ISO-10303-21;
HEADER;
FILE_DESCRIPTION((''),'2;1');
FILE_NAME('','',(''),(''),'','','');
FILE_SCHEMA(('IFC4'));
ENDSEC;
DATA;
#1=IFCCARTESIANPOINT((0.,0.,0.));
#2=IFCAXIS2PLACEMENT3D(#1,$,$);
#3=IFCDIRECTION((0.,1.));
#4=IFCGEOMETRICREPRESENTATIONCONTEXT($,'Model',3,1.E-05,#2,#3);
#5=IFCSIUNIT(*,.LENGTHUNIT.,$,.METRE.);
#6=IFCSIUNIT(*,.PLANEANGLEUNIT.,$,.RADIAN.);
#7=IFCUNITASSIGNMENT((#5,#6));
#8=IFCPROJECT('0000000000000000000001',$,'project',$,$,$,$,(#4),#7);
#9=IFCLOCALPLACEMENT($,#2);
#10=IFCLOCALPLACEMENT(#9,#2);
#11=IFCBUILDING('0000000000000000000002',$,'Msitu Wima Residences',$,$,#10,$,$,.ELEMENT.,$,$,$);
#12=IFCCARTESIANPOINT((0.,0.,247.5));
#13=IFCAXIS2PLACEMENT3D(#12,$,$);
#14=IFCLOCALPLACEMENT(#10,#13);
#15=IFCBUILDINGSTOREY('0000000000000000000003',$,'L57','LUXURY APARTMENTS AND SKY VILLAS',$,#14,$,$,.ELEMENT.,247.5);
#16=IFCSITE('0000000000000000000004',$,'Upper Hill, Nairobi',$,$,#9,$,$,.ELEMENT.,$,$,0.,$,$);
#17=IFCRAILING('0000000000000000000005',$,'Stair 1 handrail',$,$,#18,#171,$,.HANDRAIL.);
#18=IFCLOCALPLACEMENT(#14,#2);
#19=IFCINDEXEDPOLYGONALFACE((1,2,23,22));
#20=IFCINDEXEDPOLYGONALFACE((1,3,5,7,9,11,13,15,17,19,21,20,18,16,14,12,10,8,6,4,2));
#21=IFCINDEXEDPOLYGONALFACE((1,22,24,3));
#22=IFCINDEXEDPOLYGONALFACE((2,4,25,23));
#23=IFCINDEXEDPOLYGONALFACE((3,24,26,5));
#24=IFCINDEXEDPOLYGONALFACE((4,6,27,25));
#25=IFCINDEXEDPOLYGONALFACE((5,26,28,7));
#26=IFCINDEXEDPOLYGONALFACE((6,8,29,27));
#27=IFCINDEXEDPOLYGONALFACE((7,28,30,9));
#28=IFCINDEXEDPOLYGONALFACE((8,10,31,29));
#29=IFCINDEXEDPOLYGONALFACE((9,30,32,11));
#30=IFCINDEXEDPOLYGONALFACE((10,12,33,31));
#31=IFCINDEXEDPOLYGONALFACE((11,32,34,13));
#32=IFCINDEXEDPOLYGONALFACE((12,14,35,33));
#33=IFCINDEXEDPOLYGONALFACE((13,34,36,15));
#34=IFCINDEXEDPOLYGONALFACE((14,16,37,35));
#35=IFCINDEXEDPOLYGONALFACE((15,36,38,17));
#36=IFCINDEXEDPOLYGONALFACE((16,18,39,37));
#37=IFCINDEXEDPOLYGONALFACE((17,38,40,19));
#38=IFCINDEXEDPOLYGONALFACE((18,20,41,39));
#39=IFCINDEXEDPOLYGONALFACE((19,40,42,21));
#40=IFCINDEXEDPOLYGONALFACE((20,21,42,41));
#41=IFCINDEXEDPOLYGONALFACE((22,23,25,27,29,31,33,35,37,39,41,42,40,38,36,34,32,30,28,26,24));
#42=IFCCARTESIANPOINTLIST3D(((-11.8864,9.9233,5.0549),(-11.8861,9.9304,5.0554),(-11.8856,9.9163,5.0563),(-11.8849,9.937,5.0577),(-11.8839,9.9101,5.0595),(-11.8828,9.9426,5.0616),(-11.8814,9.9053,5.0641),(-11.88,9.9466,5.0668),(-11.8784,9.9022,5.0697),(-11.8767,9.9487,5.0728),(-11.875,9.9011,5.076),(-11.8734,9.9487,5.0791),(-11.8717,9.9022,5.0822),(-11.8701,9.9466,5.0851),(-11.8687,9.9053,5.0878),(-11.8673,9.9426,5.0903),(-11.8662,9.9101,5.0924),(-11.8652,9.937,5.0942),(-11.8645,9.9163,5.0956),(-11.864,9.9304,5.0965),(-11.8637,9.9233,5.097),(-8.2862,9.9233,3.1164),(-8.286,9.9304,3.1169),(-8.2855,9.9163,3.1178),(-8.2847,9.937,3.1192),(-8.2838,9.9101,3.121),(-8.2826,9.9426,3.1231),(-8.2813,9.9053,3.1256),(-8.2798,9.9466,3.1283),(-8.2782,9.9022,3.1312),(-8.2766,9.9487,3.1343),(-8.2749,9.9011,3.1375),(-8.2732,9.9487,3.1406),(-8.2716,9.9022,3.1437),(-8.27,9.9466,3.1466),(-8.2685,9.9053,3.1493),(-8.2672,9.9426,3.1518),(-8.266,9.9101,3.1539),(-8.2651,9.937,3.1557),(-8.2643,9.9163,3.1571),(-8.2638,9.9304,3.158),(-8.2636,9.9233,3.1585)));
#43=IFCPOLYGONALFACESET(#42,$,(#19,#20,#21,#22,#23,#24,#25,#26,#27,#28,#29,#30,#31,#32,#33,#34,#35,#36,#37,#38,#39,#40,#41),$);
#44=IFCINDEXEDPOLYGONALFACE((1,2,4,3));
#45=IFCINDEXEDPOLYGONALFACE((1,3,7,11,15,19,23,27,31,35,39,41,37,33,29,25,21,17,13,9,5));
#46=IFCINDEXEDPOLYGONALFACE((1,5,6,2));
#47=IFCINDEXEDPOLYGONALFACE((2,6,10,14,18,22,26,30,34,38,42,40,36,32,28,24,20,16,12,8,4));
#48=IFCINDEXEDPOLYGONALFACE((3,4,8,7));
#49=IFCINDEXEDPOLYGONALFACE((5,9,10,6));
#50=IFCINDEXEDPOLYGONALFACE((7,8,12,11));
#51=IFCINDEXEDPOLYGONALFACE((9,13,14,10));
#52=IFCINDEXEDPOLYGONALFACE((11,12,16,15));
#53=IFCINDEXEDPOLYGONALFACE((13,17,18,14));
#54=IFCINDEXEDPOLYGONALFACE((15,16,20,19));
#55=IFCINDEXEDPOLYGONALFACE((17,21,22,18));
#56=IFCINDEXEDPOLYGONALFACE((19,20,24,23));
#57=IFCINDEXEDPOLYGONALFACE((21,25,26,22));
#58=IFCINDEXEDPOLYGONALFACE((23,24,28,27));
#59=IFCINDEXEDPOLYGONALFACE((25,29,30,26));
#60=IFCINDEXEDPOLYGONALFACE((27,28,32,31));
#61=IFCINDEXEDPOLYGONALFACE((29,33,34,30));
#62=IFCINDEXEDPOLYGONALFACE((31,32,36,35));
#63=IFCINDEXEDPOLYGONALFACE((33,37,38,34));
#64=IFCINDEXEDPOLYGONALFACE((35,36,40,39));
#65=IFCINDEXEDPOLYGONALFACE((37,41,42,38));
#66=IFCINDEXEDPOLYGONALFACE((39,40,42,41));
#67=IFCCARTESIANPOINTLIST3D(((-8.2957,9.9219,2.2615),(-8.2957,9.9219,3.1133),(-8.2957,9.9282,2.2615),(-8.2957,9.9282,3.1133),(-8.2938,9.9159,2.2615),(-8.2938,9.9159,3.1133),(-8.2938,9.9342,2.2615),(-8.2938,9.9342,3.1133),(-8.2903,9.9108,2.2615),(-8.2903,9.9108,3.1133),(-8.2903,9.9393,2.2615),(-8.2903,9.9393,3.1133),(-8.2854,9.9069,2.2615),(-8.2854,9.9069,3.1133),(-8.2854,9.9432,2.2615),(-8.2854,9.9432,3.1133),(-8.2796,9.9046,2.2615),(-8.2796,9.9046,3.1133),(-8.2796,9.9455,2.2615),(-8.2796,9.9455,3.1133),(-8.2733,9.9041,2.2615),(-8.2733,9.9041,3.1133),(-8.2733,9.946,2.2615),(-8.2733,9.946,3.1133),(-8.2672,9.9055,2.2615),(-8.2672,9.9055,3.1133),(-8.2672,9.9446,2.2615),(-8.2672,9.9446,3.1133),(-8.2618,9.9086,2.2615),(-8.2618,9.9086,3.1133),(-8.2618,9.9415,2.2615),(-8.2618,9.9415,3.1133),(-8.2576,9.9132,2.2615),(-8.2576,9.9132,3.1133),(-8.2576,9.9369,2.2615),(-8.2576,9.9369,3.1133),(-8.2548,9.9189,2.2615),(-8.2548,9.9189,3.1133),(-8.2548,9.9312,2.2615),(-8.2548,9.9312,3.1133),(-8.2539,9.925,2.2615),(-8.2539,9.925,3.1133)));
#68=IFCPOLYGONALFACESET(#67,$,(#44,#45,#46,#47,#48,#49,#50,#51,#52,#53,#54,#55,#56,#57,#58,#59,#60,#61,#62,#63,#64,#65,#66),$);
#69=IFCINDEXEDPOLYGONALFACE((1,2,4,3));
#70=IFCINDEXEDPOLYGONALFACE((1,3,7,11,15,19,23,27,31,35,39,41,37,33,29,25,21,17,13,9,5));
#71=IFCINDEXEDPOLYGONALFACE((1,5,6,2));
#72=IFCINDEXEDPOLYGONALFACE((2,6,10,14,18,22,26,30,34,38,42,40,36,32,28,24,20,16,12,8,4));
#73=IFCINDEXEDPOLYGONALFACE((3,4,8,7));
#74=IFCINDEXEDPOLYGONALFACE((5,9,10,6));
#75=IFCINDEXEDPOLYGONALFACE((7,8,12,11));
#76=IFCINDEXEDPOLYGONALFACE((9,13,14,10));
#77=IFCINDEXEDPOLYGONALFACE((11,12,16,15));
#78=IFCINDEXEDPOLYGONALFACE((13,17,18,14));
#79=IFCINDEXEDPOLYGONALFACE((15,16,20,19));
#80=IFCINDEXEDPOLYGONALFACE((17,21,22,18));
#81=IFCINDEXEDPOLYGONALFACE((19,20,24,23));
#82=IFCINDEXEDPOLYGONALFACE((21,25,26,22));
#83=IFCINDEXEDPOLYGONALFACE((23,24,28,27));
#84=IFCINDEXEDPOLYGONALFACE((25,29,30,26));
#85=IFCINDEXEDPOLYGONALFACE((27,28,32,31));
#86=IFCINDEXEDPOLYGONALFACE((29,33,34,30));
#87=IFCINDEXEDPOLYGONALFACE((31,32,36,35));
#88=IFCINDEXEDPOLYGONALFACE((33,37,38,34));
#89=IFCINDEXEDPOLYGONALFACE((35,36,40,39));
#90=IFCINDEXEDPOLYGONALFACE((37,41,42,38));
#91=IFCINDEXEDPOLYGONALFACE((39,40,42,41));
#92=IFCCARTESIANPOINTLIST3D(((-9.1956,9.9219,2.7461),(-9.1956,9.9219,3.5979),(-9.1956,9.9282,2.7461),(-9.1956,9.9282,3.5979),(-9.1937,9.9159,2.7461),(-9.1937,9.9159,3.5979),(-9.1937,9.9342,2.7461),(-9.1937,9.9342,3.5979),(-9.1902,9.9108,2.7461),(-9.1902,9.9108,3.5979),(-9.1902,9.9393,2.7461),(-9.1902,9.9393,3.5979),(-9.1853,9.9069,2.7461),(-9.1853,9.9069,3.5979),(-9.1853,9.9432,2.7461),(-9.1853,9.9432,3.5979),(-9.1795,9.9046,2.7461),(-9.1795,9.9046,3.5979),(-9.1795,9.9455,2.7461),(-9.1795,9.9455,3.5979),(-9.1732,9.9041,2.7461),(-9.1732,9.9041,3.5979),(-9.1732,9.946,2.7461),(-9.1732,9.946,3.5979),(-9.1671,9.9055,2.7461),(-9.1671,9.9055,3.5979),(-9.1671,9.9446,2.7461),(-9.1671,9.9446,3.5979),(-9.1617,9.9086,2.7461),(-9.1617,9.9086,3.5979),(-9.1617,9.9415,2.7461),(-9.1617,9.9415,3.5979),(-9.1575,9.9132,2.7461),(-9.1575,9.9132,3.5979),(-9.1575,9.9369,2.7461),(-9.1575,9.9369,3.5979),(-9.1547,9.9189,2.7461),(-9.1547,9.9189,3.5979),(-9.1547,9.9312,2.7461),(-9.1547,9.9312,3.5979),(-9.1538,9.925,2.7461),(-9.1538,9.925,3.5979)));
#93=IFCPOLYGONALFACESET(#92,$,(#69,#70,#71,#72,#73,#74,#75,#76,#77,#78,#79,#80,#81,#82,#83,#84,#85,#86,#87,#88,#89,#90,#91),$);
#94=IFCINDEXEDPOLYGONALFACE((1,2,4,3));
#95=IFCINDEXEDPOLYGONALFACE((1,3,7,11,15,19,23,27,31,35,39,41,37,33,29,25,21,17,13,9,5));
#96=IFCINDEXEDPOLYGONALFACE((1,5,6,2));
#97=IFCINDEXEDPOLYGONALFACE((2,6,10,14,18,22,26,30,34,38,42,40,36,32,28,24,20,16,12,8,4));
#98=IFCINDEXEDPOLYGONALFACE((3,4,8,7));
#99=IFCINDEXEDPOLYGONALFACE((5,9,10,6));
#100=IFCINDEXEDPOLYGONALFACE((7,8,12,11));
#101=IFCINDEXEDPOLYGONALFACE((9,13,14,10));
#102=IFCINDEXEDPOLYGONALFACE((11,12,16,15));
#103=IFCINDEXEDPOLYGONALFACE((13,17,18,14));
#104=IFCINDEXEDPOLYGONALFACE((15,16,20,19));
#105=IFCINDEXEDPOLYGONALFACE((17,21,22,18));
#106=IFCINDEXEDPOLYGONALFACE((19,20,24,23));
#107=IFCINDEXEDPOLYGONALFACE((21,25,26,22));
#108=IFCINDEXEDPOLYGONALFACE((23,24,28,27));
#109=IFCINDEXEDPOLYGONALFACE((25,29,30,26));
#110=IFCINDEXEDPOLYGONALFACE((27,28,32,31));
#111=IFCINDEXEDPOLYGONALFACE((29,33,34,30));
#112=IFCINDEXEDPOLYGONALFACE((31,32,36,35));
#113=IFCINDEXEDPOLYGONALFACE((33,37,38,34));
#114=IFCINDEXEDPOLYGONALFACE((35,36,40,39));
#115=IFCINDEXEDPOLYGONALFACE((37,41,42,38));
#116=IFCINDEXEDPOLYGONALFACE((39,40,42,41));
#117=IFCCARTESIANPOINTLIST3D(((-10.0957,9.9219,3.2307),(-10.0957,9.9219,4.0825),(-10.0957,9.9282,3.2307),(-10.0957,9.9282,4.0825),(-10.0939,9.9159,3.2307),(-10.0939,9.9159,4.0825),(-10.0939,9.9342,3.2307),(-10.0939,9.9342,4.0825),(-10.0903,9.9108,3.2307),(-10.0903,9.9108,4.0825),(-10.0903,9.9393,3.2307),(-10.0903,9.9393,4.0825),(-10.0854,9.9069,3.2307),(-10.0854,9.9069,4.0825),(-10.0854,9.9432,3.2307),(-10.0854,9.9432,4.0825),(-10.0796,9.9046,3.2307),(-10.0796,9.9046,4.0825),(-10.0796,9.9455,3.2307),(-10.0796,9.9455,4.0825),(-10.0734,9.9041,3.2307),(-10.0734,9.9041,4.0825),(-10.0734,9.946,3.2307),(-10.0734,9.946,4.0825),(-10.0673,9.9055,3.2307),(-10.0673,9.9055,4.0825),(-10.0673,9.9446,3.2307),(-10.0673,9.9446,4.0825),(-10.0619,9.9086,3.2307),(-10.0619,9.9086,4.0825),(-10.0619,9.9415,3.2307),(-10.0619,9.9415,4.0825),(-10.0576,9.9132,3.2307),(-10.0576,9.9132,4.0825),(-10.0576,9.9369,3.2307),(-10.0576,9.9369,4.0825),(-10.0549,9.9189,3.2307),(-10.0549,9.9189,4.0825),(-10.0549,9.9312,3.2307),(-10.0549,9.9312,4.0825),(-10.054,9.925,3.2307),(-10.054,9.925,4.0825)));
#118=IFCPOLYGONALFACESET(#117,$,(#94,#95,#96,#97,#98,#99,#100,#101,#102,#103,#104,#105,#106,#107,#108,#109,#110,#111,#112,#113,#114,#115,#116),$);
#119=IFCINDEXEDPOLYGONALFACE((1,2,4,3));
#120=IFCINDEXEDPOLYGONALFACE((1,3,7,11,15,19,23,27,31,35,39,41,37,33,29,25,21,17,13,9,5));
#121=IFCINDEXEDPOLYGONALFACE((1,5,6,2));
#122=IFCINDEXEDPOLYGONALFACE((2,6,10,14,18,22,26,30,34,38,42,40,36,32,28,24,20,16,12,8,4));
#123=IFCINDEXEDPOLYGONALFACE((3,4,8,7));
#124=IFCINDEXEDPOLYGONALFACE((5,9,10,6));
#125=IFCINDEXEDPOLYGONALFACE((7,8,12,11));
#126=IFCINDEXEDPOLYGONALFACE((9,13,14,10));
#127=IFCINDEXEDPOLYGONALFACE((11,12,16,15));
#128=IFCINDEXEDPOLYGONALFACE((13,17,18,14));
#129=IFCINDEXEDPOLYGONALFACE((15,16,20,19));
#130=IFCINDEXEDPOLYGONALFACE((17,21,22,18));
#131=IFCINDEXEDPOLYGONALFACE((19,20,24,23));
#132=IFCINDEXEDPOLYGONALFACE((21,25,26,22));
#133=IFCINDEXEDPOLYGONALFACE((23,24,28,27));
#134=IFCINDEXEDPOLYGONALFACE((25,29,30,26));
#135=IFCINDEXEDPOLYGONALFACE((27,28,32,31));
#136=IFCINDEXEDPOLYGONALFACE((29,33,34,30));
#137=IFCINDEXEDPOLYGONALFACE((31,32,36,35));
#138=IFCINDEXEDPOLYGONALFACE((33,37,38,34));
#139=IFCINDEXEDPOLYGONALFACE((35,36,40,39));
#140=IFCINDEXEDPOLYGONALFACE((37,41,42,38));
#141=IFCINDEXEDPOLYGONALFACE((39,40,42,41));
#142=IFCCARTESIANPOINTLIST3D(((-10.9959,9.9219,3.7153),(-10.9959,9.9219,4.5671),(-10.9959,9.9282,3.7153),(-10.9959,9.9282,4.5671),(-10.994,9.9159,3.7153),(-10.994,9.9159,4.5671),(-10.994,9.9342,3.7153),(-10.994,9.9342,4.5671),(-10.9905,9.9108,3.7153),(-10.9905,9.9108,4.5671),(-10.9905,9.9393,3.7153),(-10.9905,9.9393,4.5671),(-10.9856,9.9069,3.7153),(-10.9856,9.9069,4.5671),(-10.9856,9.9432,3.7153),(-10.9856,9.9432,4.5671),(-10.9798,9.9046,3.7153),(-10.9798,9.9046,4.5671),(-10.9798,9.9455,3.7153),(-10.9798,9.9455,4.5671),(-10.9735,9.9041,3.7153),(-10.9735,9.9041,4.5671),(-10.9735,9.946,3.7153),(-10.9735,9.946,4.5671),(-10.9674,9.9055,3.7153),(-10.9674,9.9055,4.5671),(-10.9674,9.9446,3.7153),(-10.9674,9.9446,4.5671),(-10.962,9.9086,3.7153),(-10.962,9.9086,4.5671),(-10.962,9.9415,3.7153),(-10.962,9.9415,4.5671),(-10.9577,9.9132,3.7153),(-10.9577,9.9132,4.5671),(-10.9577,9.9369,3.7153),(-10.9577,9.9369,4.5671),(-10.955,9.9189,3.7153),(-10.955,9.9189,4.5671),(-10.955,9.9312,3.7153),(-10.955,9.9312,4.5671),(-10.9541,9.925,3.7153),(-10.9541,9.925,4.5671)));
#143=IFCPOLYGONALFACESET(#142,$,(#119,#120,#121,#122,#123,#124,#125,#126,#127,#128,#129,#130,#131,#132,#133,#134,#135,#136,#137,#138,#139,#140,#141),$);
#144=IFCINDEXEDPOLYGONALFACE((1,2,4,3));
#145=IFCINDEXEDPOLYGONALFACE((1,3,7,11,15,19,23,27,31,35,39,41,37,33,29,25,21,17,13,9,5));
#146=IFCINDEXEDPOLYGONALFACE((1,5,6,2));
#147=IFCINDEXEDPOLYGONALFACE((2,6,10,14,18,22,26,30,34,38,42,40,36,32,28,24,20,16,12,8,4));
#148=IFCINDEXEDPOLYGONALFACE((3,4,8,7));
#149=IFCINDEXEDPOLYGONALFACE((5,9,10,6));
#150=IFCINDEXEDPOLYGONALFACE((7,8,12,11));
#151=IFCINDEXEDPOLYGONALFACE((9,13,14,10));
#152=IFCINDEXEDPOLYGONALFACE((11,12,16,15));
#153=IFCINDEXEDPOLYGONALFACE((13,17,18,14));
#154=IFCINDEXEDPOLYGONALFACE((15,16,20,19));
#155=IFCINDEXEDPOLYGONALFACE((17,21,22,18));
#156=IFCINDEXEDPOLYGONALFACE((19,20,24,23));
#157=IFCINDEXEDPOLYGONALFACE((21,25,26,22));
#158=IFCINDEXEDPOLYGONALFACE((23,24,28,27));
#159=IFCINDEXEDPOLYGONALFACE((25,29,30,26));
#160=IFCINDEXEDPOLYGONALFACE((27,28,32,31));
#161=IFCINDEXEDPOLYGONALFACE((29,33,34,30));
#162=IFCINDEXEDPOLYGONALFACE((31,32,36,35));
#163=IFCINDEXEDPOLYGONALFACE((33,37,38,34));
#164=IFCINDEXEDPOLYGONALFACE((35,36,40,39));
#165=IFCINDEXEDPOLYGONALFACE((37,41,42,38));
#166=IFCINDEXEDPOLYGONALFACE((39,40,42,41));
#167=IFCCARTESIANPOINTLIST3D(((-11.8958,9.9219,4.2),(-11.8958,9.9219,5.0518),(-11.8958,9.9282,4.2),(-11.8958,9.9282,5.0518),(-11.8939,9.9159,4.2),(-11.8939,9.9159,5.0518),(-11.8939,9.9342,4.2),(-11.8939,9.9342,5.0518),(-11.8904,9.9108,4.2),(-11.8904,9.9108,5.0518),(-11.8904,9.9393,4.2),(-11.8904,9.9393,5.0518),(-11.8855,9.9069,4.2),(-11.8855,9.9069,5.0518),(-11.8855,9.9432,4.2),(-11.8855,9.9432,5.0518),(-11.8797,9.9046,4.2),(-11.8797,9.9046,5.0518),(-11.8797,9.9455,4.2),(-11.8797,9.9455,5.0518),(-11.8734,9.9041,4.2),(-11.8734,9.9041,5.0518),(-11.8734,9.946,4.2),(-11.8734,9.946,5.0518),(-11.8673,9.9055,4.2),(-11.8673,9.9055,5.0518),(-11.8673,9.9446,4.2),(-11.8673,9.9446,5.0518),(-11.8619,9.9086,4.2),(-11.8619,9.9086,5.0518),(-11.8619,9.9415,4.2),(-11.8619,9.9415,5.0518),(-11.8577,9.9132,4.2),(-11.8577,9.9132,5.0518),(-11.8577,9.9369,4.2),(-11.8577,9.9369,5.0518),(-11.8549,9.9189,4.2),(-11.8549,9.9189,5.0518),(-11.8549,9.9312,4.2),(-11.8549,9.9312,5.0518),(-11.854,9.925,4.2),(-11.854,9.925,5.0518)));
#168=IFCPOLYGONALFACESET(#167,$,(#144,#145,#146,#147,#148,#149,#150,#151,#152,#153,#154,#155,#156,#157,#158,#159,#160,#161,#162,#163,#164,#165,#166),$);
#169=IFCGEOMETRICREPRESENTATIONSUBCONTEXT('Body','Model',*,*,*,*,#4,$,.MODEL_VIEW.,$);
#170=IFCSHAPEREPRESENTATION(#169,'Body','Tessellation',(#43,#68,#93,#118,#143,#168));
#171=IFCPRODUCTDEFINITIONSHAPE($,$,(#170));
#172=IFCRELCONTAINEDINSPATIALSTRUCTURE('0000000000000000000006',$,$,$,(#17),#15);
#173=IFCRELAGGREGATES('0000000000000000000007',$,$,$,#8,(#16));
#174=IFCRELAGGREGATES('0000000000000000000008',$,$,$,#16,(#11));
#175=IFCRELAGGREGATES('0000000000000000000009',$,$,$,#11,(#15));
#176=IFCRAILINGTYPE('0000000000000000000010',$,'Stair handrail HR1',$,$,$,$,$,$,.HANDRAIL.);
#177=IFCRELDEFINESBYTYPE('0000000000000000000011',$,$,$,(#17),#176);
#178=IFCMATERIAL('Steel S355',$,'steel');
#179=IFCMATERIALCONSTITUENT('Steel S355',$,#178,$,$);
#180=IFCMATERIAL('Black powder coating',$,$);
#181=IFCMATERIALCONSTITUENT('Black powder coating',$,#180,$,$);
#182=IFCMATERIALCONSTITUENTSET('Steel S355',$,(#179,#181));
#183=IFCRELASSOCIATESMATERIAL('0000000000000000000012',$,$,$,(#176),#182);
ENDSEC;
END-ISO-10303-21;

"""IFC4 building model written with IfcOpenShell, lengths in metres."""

from ifc_helpers import new_model, si_unit, direction, frame, origin, origin_2d, place, context, subcontext, project, spatial, circle, extrude, material, constituent, constituent_set, type_object, element, save


model = new_model("IFC4")

# Units and contexts
model_context = context("Model", 3, precision=1e-05, world=origin(), true_north=direction((0.0, 1.0)))
body_context = subcontext(model_context, "Body", "Model", "MODEL_VIEW")
ifc_project = project(units=[si_unit("LENGTHUNIT", "METRE"), si_unit("PLANEANGLEUNIT", "RADIAN")], contexts=[model_context])

# Site, building, storey
site_placement = place(None, origin())
site = spatial("IfcSite", under=ifc_project, at=site_placement, Name="Upper Hill, Nairobi", CompositionType="ELEMENT", RefElevation=0.0)
building_placement = place(site_placement, origin())
building = spatial("IfcBuilding", under=site, at=building_placement, Name="Msitu Wima Residences", CompositionType="ELEMENT")
storey_placement = place(building_placement, frame((0.0, 0.0, 247.5)))
storey = spatial("IfcBuildingStorey", under=building, at=storey_placement, Name="L57", Description="LUXURY APARTMENTS AND SKY VILLAS", CompositionType="ELEMENT", Elevation=247.5)

# Railing
ifc_material_1 = material(Name="Steel S355", Category="steel")
ifc_constituent_1 = constituent(ifc_material_1, Name="Steel S355")
ifc_material_2 = material(Name="Black powder coating")
ifc_constituent_2 = constituent(ifc_material_2, Name="Black powder coating")
ifc_constituent_set = constituent_set(constituents=[ifc_constituent_1, ifc_constituent_2], Name="Steel S355")
railing_type = type_object("IfcRailingType", Name="Stair handrail HR1", PredefinedType="HANDRAIL", material=ifc_constituent_set)
for number, where, name in (
    (1, (-8.2749, 9.925, 2.2615), "Stair 1 handrail"),
):
    element("IfcRailing", number, at=place(storey_placement, frame(where)), inside=storey, type_object=railing_type, Name=name, PredefinedType="HANDRAIL", context=body_context, shape_type="SweptSolid", body=[
        extrude(circle(Radius=0.0239, at=origin_2d()), frame((0.0, 0.0, 0.876), z_axis=(-0.880475, 0.0, 0.474093), x_axis=(0.0, -1.0, 0.0)), (0.0, 0.0, 1.0), 4.0889),
        extrude(circle(Radius=0.021, at=origin_2d()), origin(), (0.0, 0.0, 1.0), 0.8518),
        extrude(circle(Radius=0.021, at=origin_2d()), frame((-0.8999, 0.0, 0.4846)), (0.0, 0.0, 1.0), 0.8518),
        extrude(circle(Radius=0.021, at=origin_2d()), frame((-1.8, 0.0, 0.9692)), (0.0, 0.0, 1.0), 0.8518),
        extrude(circle(Radius=0.021, at=origin_2d()), frame((-2.7002, 0.0, 1.4539)), (0.0, 0.0, 1.0), 0.8518),
        extrude(circle(Radius=0.021, at=origin_2d()), frame((-3.6001, 0.0, 1.9385)), (0.0, 0.0, 1.0), 0.8518),
    ])

save(model, "model.ifc")
